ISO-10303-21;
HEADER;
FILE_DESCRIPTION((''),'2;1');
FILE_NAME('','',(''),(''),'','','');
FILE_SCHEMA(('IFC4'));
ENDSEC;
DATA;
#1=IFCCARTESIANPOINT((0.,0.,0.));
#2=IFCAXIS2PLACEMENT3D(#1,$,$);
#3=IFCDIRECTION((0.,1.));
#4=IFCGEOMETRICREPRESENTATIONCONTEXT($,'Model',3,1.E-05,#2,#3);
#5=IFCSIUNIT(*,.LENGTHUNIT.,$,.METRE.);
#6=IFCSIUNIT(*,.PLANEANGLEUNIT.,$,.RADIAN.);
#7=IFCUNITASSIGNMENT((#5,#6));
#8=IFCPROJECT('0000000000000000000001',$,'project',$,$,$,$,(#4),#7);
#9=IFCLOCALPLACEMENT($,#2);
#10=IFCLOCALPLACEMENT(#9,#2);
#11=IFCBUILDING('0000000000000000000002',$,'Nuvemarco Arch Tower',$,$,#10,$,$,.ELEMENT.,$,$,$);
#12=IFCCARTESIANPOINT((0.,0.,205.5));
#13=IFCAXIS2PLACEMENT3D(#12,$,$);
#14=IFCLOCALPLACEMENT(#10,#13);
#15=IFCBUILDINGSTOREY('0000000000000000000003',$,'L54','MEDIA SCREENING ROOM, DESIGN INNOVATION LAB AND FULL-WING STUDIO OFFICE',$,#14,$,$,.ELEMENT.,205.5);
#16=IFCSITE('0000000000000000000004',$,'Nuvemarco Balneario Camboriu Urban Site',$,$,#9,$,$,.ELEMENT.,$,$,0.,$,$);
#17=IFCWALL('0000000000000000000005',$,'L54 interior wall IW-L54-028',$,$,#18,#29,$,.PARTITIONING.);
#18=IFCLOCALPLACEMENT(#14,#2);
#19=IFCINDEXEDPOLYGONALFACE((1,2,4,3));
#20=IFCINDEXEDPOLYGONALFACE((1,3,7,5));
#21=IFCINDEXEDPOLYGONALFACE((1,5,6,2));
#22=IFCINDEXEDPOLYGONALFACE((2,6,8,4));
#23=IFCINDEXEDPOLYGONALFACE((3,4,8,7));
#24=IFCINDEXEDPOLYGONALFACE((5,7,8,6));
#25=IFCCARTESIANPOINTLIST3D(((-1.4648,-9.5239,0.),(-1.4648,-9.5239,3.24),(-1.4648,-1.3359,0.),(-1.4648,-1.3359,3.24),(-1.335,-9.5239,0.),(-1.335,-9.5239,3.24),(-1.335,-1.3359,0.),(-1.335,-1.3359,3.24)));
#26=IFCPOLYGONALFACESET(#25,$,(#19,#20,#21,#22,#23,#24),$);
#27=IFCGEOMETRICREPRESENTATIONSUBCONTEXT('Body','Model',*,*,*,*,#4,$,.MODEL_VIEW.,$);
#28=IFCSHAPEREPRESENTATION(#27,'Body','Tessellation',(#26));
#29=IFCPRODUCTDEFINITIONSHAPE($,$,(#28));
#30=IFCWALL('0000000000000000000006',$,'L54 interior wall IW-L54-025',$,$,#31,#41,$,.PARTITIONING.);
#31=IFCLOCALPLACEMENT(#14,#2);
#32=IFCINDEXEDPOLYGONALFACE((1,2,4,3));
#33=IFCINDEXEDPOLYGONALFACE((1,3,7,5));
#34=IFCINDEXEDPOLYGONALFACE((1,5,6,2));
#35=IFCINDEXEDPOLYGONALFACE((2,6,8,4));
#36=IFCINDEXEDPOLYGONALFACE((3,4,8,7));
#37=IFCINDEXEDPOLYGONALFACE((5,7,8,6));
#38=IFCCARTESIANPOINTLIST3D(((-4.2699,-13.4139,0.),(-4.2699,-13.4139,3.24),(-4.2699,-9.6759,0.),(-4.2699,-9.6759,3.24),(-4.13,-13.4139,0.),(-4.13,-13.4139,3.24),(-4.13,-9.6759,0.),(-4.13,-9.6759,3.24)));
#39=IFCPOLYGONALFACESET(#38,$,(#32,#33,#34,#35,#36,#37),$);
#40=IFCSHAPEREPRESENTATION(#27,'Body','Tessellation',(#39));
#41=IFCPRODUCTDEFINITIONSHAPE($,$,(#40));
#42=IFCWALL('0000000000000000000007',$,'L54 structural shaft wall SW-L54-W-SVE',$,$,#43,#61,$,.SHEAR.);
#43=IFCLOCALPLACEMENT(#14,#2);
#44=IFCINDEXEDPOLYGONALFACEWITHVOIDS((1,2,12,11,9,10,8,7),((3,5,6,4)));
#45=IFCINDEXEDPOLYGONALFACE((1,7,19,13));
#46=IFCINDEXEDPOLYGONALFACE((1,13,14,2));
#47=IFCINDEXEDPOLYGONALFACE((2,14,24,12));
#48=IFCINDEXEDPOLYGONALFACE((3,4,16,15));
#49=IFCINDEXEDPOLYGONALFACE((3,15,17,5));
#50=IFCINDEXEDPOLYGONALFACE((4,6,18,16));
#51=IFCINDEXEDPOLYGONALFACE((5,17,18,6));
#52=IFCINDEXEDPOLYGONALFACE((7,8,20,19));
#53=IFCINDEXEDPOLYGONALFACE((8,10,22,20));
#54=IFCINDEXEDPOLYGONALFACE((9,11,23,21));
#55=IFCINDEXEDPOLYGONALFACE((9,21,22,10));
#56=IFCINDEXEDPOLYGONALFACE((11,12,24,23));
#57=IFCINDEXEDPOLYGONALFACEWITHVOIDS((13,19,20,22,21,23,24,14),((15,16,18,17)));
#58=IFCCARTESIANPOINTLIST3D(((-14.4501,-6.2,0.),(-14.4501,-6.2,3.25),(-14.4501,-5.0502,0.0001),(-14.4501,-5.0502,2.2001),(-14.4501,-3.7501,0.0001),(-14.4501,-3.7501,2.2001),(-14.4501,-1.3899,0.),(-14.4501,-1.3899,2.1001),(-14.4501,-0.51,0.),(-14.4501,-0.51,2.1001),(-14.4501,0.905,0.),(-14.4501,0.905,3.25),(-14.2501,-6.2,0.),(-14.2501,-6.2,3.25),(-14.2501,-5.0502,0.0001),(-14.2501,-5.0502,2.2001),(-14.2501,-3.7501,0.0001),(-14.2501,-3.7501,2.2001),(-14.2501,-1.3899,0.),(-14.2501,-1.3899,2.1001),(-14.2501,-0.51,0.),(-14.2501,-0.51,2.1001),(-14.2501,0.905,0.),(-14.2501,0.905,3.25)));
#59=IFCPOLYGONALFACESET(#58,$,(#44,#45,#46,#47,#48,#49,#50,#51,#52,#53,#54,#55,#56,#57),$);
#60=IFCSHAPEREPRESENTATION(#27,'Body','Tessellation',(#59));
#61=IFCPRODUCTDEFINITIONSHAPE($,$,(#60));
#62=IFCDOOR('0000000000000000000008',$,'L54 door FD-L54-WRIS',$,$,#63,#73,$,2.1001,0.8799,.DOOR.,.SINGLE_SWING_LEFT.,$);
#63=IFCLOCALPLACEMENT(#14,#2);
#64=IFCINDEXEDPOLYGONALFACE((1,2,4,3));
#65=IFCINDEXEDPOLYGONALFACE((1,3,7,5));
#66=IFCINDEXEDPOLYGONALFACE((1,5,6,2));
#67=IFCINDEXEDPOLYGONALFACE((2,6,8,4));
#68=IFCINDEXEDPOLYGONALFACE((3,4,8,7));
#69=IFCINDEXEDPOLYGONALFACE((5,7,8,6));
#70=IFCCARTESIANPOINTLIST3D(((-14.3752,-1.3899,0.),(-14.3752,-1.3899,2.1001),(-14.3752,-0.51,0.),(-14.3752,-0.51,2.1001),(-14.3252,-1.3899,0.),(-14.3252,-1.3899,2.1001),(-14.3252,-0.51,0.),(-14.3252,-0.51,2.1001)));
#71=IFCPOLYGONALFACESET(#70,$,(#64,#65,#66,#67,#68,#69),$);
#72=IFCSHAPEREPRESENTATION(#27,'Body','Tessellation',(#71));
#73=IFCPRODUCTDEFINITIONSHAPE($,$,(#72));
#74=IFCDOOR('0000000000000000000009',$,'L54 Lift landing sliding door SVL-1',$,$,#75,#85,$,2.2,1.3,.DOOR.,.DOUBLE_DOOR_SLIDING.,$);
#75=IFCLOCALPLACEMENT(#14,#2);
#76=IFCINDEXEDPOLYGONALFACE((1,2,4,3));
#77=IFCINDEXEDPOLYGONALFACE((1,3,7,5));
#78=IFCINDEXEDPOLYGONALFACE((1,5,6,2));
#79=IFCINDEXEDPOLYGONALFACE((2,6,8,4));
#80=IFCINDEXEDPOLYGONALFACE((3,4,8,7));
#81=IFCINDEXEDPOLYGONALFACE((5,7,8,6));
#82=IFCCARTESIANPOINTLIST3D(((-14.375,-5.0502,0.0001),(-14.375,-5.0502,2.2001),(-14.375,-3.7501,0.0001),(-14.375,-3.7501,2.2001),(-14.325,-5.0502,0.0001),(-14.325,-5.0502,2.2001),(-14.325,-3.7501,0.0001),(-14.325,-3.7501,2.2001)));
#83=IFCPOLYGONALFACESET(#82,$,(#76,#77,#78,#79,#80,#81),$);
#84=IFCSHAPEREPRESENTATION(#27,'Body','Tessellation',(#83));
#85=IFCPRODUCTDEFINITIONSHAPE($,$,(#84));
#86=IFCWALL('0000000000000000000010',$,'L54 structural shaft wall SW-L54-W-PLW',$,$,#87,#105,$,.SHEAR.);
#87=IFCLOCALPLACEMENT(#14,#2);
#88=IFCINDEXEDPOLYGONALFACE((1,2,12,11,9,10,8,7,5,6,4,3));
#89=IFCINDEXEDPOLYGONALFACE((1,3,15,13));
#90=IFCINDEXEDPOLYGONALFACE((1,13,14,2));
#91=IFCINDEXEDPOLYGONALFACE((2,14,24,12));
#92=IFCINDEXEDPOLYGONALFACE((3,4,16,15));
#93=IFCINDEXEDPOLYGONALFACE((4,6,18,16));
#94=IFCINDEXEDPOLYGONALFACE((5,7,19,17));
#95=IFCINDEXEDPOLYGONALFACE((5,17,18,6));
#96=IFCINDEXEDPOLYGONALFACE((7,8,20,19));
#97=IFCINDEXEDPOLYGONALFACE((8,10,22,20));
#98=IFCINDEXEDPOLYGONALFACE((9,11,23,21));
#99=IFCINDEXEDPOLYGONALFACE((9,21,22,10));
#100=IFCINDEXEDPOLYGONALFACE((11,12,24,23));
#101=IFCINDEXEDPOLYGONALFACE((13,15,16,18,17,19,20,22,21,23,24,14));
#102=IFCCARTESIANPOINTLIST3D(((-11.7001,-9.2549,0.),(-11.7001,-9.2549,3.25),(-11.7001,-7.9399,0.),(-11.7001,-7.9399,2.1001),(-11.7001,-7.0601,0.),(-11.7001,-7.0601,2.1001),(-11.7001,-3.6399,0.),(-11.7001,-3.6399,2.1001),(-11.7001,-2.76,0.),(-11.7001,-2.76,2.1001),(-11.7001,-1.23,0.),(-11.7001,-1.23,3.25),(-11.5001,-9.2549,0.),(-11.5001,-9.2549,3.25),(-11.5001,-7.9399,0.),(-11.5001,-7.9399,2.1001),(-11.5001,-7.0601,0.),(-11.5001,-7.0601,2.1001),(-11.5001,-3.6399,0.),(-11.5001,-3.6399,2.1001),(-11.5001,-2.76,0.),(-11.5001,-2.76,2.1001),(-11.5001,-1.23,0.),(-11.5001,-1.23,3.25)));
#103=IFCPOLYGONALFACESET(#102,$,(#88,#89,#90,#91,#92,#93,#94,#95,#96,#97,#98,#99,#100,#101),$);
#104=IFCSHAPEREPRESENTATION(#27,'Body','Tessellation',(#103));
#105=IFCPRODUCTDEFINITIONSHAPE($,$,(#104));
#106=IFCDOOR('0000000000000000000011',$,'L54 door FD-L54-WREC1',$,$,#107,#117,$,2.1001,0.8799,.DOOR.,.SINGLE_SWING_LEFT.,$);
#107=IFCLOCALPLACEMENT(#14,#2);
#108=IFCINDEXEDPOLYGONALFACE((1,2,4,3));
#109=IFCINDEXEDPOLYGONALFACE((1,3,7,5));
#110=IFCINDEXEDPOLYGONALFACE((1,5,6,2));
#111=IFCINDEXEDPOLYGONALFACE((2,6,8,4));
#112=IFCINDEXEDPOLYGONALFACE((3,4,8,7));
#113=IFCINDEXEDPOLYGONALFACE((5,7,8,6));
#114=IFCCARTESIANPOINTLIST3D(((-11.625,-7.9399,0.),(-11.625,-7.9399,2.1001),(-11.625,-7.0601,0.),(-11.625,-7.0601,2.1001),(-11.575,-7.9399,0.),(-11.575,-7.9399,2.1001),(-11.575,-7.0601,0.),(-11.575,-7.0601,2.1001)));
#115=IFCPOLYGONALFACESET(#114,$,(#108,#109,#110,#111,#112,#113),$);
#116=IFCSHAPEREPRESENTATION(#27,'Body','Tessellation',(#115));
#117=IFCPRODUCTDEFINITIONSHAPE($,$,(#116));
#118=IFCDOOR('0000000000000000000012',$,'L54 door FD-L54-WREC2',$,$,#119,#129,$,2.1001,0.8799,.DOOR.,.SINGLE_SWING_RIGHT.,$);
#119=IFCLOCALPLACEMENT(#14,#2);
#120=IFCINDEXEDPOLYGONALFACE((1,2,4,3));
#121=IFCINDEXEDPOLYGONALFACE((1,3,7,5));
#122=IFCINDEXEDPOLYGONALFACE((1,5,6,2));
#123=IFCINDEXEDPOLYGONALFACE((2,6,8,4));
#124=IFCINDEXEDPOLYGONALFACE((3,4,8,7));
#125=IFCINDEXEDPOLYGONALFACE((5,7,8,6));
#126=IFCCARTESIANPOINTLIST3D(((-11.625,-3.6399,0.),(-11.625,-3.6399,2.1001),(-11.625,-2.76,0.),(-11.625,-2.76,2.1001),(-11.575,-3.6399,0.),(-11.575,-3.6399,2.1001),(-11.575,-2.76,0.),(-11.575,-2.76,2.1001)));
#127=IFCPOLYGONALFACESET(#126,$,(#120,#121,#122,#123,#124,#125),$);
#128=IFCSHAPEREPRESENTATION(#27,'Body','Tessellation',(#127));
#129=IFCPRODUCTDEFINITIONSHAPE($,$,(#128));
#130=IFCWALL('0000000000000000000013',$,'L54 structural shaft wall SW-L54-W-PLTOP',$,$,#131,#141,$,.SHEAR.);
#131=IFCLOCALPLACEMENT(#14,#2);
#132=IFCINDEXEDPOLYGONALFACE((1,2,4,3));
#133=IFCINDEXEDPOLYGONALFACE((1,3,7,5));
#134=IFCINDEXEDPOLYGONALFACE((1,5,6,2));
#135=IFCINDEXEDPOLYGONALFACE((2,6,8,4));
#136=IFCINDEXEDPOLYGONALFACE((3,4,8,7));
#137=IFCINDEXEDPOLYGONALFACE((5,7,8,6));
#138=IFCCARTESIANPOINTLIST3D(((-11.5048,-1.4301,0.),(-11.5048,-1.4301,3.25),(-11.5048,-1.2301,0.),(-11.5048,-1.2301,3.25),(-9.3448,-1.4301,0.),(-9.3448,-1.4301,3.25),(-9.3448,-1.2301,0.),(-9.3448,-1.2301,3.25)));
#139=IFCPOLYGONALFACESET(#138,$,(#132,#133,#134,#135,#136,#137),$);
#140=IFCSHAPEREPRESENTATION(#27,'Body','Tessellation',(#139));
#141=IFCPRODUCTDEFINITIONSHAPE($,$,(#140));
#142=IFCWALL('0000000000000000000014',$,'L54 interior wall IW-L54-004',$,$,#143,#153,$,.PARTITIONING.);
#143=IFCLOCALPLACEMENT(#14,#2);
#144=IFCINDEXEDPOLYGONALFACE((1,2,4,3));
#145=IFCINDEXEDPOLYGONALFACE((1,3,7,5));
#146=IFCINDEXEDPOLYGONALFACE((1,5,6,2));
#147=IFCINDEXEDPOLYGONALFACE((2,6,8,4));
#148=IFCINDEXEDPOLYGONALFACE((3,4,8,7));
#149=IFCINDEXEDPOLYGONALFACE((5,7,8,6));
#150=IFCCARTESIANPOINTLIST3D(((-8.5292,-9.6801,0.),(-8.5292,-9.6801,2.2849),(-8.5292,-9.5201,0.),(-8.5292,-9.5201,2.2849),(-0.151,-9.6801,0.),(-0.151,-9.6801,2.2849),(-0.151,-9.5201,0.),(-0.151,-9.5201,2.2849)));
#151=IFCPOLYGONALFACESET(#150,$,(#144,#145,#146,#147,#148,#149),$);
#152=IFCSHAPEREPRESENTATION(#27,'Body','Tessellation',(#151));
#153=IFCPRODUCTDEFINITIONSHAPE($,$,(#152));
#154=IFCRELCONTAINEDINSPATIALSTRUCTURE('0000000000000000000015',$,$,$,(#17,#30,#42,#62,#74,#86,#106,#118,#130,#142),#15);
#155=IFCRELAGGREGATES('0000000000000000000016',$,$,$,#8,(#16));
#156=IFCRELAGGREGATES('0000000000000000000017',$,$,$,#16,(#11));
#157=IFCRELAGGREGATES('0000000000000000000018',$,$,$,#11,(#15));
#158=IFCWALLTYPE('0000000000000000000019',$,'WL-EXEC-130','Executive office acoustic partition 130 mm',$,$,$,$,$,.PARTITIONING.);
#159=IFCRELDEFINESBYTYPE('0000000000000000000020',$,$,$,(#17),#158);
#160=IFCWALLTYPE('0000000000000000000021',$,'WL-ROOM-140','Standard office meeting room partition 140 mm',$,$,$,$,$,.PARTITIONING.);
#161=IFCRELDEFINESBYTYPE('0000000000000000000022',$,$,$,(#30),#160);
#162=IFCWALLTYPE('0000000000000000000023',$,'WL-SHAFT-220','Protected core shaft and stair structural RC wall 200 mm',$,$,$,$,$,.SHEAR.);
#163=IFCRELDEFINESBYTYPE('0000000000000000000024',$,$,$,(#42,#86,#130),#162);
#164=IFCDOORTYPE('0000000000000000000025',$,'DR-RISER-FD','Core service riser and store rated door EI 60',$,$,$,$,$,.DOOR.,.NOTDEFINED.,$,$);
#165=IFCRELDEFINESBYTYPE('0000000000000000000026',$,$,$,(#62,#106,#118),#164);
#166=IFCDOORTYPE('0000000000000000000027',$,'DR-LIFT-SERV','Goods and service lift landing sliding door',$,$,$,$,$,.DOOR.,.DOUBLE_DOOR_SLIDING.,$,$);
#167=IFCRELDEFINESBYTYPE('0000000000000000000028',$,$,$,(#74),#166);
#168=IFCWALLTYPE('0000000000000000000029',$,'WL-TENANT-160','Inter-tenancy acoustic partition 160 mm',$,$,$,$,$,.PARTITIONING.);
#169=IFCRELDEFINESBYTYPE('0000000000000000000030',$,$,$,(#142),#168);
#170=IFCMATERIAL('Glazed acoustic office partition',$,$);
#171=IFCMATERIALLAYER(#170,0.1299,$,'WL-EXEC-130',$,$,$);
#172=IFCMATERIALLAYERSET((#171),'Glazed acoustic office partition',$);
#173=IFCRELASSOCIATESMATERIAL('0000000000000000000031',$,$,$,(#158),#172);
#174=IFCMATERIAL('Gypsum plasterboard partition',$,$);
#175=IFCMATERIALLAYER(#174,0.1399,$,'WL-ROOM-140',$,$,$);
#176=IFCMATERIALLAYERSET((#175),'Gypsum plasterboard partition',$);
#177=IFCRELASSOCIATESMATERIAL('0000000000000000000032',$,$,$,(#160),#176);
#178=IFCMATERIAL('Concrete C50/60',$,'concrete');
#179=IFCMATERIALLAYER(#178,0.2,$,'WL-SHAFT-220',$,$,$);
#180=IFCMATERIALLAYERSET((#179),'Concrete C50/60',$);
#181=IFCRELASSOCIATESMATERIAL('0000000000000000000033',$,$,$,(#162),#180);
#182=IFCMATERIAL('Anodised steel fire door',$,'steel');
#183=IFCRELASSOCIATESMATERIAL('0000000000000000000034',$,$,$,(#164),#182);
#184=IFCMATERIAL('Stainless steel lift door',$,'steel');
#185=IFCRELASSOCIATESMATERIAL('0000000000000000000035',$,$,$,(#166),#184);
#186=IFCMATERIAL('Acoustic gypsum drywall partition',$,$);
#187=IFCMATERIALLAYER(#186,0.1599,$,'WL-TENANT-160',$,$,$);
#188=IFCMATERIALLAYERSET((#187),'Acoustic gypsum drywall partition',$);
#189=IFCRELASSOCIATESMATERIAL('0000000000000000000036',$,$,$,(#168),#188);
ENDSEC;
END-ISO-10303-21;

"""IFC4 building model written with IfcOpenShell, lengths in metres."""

from ifc_helpers import new_model, si_unit, direction, frame, frame_2d, origin, place, context, subcontext, project, spatial, rectangle, extrude, source, transform, mapped, material, layer, layer_set, type_object, type_shapes, element, fill, save


model = new_model("IFC4")

# Units and contexts
model_context = context("Model", 3, precision=1e-05, world=origin(), true_north=direction((0.0, 1.0)))
body_context = subcontext(model_context, "Body", "Model", "MODEL_VIEW")
ifc_project = project(units=[si_unit("LENGTHUNIT", "METRE"), si_unit("PLANEANGLEUNIT", "RADIAN")], contexts=[model_context])

# Site, building, storey
site_placement = place(None, origin())
site = spatial("IfcSite", under=ifc_project, at=site_placement, Name="Nuvemarco Balneario Camboriu Urban Site", CompositionType="ELEMENT", RefElevation=0.0)
building_placement = place(site_placement, origin())
building = spatial("IfcBuilding", under=site, at=building_placement, Name="Nuvemarco Arch Tower", CompositionType="ELEMENT")
storey_placement = place(building_placement, frame((0.0, 0.0, 205.5)))
storey = spatial("IfcBuildingStorey", under=building, at=storey_placement, Name="L54", Description="MEDIA SCREENING ROOM, DESIGN INNOVATION LAB AND FULL-WING STUDIO OFFICE", CompositionType="ELEMENT", Elevation=205.5)

# Shared definitions
ifc_material_1 = material(Name="Concrete C50/60", Category="concrete")

# Shared definitions
ifc_material_2 = material(Name="Anodised steel fire door", Category="steel")

# Walls
ifc_material_3 = material(Name="Glazed acoustic office partition")
ifc_layer_1 = layer(ifc_material_3, 0.1299, Name="WL-EXEC-130")
ifc_layer_set_1 = layer_set([ifc_layer_1], Name="Glazed acoustic office partition")
wall_type_1 = type_object("IfcWallType", Name="WL-EXEC-130", Description="Executive office acoustic partition 130 mm", PredefinedType="PARTITIONING", material=ifc_layer_set_1)
wall_1_placement = place(storey_placement, frame((-1.3999, -9.5239, 0.0), z_axis=(0.0, 0.0, 1.0), x_axis=(0.0, 1.0, 0.0)))
element("IfcWall", 1, at=wall_1_placement, inside=storey, type_object=wall_type_1, Name="L54 interior wall IW-L54-028", PredefinedType="PARTITIONING", context=body_context, shape_type="SweptSolid", body=[
    extrude(rectangle(XDim=8.188, YDim=0.1299, at=frame_2d((4.094, 0.0))), origin(), (0.0, 0.0, 1.0), 3.24),
])
ifc_material_4 = material(Name="Gypsum plasterboard partition")
ifc_layer_2 = layer(ifc_material_4, 0.1399, Name="WL-ROOM-140")
ifc_layer_set_2 = layer_set([ifc_layer_2], Name="Gypsum plasterboard partition")
wall_type_2 = type_object("IfcWallType", Name="WL-ROOM-140", Description="Standard office meeting room partition 140 mm", PredefinedType="PARTITIONING", material=ifc_layer_set_2)
wall_2_placement = place(storey_placement, frame((-4.2, -13.4141, 0.0), z_axis=(0.0, 0.0, 1.0), x_axis=(0.0, 1.0, 0.0)))
element("IfcWall", 2, at=wall_2_placement, inside=storey, type_object=wall_type_2, Name="L54 interior wall IW-L54-025", PredefinedType="PARTITIONING", context=body_context, shape_type="SweptSolid", body=[
    extrude(rectangle(XDim=3.738, YDim=0.1399, at=frame_2d((1.8691, 0.0))), origin(), (0.0, 0.0, 1.0), 3.24),
])

# Shared definitions
ifc_layer_3 = layer(ifc_material_1, 0.2, Name="WL-SHAFT-220")
ifc_layer_set_3 = layer_set([ifc_layer_3], Name="Concrete C50/60")
wall_type_3 = type_object("IfcWallType", Name="WL-SHAFT-220", Description="Protected core shaft and stair structural RC wall 200 mm", PredefinedType="SHEAR", material=ifc_layer_set_3)
ifc_material_5 = material(Name="Stainless steel lift door", Category="steel")

# Walls, openings, doors
wall_3_placement = place(storey_placement, frame((-14.3501, -6.2, 0.0), z_axis=(0.0, 0.0, 1.0), x_axis=(0.0, 1.0, 0.0)))
wall_3 = element("IfcWall", 3, at=wall_3_placement, inside=storey, type_object=wall_type_3, Name="L54 structural shaft wall SW-L54-W-SVE", PredefinedType="SHEAR", context=body_context, shape_type="SweptSolid", body=[
    extrude(rectangle(XDim=7.105, YDim=0.2, at=frame_2d((3.5525, 0.0))), origin(), (0.0, 0.0, 1.0), 3.25),
])
opening_1_placement = place(wall_3_placement, frame((5.6899, 0.0, 0.0), z_axis=(0.0, 0.0, 1.0), x_axis=(-1.0, 0.0, 0.0)))
opening_1 = element("IfcOpeningElement", 4, at=opening_1_placement, cuts=wall_3, PredefinedType="OPENING", context=body_context, shape_type="SweptSolid", body=[
    extrude(rectangle(XDim=0.8799, YDim=2.1001, at=frame_2d((0.4399, 1.05))), frame((0.0, 0.1099, 0.0), z_axis=(0.0, -1.0, 0.0), x_axis=(1.0, 0.0, 0.0)), (0.0, 0.0, 1.0), 0.22),
])
opening_2_placement = place(wall_3_placement, frame((1.1499, 0.0, 0.0)))
opening_2 = element("IfcOpeningElement", 5, at=opening_2_placement, cuts=wall_3, PredefinedType="OPENING", context=body_context, shape_type="SweptSolid", body=[
    extrude(rectangle(XDim=1.3, YDim=2.2, at=frame_2d((0.6499, 1.1001))), frame((0.0, 0.1099, 0.0), z_axis=(0.0, -1.0, 0.0), x_axis=(1.0, 0.0, 0.0)), (0.0, 0.0, 1.0), 0.22),
])
door_type_1 = type_object("IfcDoorType", Name="DR-RISER-FD", Description="Core service riser and store rated door EI 60", OperationType="NOTDEFINED", PredefinedType="DOOR", material=ifc_material_2)
shared_shape_1 = source(origin(), body_context, "Body", "SweptSolid", [
    extrude(rectangle(XDim=0.8799, YDim=2.1001, at=frame_2d((0.4399, 1.05))), frame((0.0, 0.0249, 0.0), z_axis=(0.0, -1.0, 0.0), x_axis=(1.0, 0.0, 0.0)), (0.0, 0.0, 1.0), 0.05),
])
type_shapes(door_type_1, [shared_shape_1])
door_1_placement = place(opening_1_placement, origin())
door_1 = element("IfcDoor", 6, at=door_1_placement, inside=storey, type_object=door_type_1, Name="L54 door FD-L54-WRIS", OperationType="SINGLE_SWING_LEFT", OverallHeight=2.1001, OverallWidth=0.8799, PredefinedType="DOOR", context=body_context, shape_type="MappedRepresentation", body=[
    mapped(shared_shape_1, transform((0.0, 0.0, 0.0), scale=1.0)),
])
fill(opening_1, door_1)
door_type_2 = type_object("IfcDoorType", Name="DR-LIFT-SERV", Description="Goods and service lift landing sliding door", OperationType="DOUBLE_DOOR_SLIDING", PredefinedType="DOOR", material=ifc_material_5)
shared_shape_2 = source(origin(), body_context, "Body", "SweptSolid", [
    extrude(rectangle(XDim=1.3, YDim=2.2, at=frame_2d((0.6499, 1.1001))), frame((0.0, 0.0249, 0.0), z_axis=(0.0, -1.0, 0.0), x_axis=(1.0, 0.0, 0.0)), (0.0, 0.0, 1.0), 0.05),
])
type_shapes(door_type_2, [shared_shape_2])
door_2_placement = place(opening_2_placement, origin())
door_2 = element("IfcDoor", 7, at=door_2_placement, inside=storey, type_object=door_type_2, Name="L54 Lift landing sliding door SVL-1", OperationType="DOUBLE_DOOR_SLIDING", OverallHeight=2.2, OverallWidth=1.3, PredefinedType="DOOR", context=body_context, shape_type="MappedRepresentation", body=[
    mapped(shared_shape_2, transform((0.0, 0.0, 0.0), scale=1.0)),
])
fill(opening_2, door_2)
wall_4_placement = place(storey_placement, frame((-11.6001, -9.2549, 0.0), z_axis=(0.0, 0.0, 1.0), x_axis=(0.0, 1.0, 0.0)))
wall_4 = element("IfcWall", 8, at=wall_4_placement, inside=storey, type_object=wall_type_3, Name="L54 structural shaft wall SW-L54-W-PLW", PredefinedType="SHEAR", context=body_context, shape_type="SweptSolid", body=[
    extrude(rectangle(XDim=8.0249, YDim=0.2, at=frame_2d((4.0125, 0.0))), origin(), (0.0, 0.0, 1.0), 3.25),
])
opening_3_placement = place(wall_4_placement, frame((1.3149, 0.0, 0.0)))
opening_3 = element("IfcOpeningElement", 9, at=opening_3_placement, cuts=wall_4, PredefinedType="OPENING", context=body_context, shape_type="SweptSolid", body=[
    extrude(rectangle(XDim=0.8799, YDim=2.1001, at=frame_2d((0.4399, 1.05))), frame((0.0, 0.1099, 0.0), z_axis=(0.0, -1.0, 0.0), x_axis=(1.0, 0.0, 0.0)), (0.0, 0.0, 1.0), 0.22),
])
opening_4_placement = place(wall_4_placement, frame((5.615, 0.0, 0.0)))
opening_4 = element("IfcOpeningElement", 10, at=opening_4_placement, cuts=wall_4, PredefinedType="OPENING", context=body_context, shape_type="SweptSolid", body=[
    extrude(rectangle(XDim=0.8799, YDim=2.1001, at=frame_2d((0.4399, 1.05))), frame((0.0, 0.1099, 0.0), z_axis=(0.0, -1.0, 0.0), x_axis=(1.0, 0.0, 0.0)), (0.0, 0.0, 1.0), 0.22),
])
door_3_placement = place(opening_3_placement, origin())
door_3 = element("IfcDoor", 11, at=door_3_placement, inside=storey, type_object=door_type_1, Name="L54 door FD-L54-WREC1", OperationType="SINGLE_SWING_LEFT", OverallHeight=2.1001, OverallWidth=0.8799, PredefinedType="DOOR", context=body_context, shape_type="MappedRepresentation", body=[
    mapped(shared_shape_1, transform((0.0, 0.0, 0.0), scale=1.0)),
])
fill(opening_3, door_3)
door_4_placement = place(opening_4_placement, origin())
door_4 = element("IfcDoor", 12, at=door_4_placement, inside=storey, type_object=door_type_1, Name="L54 door FD-L54-WREC2", OperationType="SINGLE_SWING_RIGHT", OverallHeight=2.1001, OverallWidth=0.8799, PredefinedType="DOOR", context=body_context, shape_type="MappedRepresentation", body=[
    mapped(shared_shape_1, transform((0.0, 0.0, 0.0), scale=1.0)),
])
fill(opening_4, door_4)

# Walls
wall_5_placement = place(storey_placement, frame((-11.5049, -1.3301, 0.0), z_axis=(0.0, 0.0, 1.0), x_axis=(1.0, 0.0, 0.0)))
element("IfcWall", 13, at=wall_5_placement, inside=storey, type_object=wall_type_3, Name="L54 structural shaft wall SW-L54-W-PLTOP", PredefinedType="SHEAR", context=body_context, shape_type="SweptSolid", body=[
    extrude(rectangle(XDim=2.1599, YDim=0.2, at=frame_2d((1.0801, 0.0))), origin(), (0.0, 0.0, 1.0), 3.25),
])
ifc_material_6 = material(Name="Acoustic gypsum drywall partition")
ifc_layer_4 = layer(ifc_material_6, 0.1599, Name="WL-TENANT-160")
ifc_layer_set_4 = layer_set([ifc_layer_4], Name="Acoustic gypsum drywall partition")
wall_type_4 = type_object("IfcWallType", Name="WL-TENANT-160", Description="Inter-tenancy acoustic partition 160 mm", PredefinedType="PARTITIONING", material=ifc_layer_set_4)
wall_6_placement = place(storey_placement, frame((-8.5291, -9.6001, 0.0), z_axis=(0.0, 0.0, 1.0), x_axis=(1.0, 0.0, 0.0)))
element("IfcWall", 14, at=wall_6_placement, inside=storey, type_object=wall_type_4, Name="L54 interior wall IW-L54-004", PredefinedType="PARTITIONING", context=body_context, shape_type="SweptSolid", body=[
    extrude(rectangle(XDim=8.3782, YDim=0.1599, at=frame_2d((4.189, 0.0))), origin(), (0.0, 0.0, 1.0), 2.2849),
])

save(model, "model.ifc")
